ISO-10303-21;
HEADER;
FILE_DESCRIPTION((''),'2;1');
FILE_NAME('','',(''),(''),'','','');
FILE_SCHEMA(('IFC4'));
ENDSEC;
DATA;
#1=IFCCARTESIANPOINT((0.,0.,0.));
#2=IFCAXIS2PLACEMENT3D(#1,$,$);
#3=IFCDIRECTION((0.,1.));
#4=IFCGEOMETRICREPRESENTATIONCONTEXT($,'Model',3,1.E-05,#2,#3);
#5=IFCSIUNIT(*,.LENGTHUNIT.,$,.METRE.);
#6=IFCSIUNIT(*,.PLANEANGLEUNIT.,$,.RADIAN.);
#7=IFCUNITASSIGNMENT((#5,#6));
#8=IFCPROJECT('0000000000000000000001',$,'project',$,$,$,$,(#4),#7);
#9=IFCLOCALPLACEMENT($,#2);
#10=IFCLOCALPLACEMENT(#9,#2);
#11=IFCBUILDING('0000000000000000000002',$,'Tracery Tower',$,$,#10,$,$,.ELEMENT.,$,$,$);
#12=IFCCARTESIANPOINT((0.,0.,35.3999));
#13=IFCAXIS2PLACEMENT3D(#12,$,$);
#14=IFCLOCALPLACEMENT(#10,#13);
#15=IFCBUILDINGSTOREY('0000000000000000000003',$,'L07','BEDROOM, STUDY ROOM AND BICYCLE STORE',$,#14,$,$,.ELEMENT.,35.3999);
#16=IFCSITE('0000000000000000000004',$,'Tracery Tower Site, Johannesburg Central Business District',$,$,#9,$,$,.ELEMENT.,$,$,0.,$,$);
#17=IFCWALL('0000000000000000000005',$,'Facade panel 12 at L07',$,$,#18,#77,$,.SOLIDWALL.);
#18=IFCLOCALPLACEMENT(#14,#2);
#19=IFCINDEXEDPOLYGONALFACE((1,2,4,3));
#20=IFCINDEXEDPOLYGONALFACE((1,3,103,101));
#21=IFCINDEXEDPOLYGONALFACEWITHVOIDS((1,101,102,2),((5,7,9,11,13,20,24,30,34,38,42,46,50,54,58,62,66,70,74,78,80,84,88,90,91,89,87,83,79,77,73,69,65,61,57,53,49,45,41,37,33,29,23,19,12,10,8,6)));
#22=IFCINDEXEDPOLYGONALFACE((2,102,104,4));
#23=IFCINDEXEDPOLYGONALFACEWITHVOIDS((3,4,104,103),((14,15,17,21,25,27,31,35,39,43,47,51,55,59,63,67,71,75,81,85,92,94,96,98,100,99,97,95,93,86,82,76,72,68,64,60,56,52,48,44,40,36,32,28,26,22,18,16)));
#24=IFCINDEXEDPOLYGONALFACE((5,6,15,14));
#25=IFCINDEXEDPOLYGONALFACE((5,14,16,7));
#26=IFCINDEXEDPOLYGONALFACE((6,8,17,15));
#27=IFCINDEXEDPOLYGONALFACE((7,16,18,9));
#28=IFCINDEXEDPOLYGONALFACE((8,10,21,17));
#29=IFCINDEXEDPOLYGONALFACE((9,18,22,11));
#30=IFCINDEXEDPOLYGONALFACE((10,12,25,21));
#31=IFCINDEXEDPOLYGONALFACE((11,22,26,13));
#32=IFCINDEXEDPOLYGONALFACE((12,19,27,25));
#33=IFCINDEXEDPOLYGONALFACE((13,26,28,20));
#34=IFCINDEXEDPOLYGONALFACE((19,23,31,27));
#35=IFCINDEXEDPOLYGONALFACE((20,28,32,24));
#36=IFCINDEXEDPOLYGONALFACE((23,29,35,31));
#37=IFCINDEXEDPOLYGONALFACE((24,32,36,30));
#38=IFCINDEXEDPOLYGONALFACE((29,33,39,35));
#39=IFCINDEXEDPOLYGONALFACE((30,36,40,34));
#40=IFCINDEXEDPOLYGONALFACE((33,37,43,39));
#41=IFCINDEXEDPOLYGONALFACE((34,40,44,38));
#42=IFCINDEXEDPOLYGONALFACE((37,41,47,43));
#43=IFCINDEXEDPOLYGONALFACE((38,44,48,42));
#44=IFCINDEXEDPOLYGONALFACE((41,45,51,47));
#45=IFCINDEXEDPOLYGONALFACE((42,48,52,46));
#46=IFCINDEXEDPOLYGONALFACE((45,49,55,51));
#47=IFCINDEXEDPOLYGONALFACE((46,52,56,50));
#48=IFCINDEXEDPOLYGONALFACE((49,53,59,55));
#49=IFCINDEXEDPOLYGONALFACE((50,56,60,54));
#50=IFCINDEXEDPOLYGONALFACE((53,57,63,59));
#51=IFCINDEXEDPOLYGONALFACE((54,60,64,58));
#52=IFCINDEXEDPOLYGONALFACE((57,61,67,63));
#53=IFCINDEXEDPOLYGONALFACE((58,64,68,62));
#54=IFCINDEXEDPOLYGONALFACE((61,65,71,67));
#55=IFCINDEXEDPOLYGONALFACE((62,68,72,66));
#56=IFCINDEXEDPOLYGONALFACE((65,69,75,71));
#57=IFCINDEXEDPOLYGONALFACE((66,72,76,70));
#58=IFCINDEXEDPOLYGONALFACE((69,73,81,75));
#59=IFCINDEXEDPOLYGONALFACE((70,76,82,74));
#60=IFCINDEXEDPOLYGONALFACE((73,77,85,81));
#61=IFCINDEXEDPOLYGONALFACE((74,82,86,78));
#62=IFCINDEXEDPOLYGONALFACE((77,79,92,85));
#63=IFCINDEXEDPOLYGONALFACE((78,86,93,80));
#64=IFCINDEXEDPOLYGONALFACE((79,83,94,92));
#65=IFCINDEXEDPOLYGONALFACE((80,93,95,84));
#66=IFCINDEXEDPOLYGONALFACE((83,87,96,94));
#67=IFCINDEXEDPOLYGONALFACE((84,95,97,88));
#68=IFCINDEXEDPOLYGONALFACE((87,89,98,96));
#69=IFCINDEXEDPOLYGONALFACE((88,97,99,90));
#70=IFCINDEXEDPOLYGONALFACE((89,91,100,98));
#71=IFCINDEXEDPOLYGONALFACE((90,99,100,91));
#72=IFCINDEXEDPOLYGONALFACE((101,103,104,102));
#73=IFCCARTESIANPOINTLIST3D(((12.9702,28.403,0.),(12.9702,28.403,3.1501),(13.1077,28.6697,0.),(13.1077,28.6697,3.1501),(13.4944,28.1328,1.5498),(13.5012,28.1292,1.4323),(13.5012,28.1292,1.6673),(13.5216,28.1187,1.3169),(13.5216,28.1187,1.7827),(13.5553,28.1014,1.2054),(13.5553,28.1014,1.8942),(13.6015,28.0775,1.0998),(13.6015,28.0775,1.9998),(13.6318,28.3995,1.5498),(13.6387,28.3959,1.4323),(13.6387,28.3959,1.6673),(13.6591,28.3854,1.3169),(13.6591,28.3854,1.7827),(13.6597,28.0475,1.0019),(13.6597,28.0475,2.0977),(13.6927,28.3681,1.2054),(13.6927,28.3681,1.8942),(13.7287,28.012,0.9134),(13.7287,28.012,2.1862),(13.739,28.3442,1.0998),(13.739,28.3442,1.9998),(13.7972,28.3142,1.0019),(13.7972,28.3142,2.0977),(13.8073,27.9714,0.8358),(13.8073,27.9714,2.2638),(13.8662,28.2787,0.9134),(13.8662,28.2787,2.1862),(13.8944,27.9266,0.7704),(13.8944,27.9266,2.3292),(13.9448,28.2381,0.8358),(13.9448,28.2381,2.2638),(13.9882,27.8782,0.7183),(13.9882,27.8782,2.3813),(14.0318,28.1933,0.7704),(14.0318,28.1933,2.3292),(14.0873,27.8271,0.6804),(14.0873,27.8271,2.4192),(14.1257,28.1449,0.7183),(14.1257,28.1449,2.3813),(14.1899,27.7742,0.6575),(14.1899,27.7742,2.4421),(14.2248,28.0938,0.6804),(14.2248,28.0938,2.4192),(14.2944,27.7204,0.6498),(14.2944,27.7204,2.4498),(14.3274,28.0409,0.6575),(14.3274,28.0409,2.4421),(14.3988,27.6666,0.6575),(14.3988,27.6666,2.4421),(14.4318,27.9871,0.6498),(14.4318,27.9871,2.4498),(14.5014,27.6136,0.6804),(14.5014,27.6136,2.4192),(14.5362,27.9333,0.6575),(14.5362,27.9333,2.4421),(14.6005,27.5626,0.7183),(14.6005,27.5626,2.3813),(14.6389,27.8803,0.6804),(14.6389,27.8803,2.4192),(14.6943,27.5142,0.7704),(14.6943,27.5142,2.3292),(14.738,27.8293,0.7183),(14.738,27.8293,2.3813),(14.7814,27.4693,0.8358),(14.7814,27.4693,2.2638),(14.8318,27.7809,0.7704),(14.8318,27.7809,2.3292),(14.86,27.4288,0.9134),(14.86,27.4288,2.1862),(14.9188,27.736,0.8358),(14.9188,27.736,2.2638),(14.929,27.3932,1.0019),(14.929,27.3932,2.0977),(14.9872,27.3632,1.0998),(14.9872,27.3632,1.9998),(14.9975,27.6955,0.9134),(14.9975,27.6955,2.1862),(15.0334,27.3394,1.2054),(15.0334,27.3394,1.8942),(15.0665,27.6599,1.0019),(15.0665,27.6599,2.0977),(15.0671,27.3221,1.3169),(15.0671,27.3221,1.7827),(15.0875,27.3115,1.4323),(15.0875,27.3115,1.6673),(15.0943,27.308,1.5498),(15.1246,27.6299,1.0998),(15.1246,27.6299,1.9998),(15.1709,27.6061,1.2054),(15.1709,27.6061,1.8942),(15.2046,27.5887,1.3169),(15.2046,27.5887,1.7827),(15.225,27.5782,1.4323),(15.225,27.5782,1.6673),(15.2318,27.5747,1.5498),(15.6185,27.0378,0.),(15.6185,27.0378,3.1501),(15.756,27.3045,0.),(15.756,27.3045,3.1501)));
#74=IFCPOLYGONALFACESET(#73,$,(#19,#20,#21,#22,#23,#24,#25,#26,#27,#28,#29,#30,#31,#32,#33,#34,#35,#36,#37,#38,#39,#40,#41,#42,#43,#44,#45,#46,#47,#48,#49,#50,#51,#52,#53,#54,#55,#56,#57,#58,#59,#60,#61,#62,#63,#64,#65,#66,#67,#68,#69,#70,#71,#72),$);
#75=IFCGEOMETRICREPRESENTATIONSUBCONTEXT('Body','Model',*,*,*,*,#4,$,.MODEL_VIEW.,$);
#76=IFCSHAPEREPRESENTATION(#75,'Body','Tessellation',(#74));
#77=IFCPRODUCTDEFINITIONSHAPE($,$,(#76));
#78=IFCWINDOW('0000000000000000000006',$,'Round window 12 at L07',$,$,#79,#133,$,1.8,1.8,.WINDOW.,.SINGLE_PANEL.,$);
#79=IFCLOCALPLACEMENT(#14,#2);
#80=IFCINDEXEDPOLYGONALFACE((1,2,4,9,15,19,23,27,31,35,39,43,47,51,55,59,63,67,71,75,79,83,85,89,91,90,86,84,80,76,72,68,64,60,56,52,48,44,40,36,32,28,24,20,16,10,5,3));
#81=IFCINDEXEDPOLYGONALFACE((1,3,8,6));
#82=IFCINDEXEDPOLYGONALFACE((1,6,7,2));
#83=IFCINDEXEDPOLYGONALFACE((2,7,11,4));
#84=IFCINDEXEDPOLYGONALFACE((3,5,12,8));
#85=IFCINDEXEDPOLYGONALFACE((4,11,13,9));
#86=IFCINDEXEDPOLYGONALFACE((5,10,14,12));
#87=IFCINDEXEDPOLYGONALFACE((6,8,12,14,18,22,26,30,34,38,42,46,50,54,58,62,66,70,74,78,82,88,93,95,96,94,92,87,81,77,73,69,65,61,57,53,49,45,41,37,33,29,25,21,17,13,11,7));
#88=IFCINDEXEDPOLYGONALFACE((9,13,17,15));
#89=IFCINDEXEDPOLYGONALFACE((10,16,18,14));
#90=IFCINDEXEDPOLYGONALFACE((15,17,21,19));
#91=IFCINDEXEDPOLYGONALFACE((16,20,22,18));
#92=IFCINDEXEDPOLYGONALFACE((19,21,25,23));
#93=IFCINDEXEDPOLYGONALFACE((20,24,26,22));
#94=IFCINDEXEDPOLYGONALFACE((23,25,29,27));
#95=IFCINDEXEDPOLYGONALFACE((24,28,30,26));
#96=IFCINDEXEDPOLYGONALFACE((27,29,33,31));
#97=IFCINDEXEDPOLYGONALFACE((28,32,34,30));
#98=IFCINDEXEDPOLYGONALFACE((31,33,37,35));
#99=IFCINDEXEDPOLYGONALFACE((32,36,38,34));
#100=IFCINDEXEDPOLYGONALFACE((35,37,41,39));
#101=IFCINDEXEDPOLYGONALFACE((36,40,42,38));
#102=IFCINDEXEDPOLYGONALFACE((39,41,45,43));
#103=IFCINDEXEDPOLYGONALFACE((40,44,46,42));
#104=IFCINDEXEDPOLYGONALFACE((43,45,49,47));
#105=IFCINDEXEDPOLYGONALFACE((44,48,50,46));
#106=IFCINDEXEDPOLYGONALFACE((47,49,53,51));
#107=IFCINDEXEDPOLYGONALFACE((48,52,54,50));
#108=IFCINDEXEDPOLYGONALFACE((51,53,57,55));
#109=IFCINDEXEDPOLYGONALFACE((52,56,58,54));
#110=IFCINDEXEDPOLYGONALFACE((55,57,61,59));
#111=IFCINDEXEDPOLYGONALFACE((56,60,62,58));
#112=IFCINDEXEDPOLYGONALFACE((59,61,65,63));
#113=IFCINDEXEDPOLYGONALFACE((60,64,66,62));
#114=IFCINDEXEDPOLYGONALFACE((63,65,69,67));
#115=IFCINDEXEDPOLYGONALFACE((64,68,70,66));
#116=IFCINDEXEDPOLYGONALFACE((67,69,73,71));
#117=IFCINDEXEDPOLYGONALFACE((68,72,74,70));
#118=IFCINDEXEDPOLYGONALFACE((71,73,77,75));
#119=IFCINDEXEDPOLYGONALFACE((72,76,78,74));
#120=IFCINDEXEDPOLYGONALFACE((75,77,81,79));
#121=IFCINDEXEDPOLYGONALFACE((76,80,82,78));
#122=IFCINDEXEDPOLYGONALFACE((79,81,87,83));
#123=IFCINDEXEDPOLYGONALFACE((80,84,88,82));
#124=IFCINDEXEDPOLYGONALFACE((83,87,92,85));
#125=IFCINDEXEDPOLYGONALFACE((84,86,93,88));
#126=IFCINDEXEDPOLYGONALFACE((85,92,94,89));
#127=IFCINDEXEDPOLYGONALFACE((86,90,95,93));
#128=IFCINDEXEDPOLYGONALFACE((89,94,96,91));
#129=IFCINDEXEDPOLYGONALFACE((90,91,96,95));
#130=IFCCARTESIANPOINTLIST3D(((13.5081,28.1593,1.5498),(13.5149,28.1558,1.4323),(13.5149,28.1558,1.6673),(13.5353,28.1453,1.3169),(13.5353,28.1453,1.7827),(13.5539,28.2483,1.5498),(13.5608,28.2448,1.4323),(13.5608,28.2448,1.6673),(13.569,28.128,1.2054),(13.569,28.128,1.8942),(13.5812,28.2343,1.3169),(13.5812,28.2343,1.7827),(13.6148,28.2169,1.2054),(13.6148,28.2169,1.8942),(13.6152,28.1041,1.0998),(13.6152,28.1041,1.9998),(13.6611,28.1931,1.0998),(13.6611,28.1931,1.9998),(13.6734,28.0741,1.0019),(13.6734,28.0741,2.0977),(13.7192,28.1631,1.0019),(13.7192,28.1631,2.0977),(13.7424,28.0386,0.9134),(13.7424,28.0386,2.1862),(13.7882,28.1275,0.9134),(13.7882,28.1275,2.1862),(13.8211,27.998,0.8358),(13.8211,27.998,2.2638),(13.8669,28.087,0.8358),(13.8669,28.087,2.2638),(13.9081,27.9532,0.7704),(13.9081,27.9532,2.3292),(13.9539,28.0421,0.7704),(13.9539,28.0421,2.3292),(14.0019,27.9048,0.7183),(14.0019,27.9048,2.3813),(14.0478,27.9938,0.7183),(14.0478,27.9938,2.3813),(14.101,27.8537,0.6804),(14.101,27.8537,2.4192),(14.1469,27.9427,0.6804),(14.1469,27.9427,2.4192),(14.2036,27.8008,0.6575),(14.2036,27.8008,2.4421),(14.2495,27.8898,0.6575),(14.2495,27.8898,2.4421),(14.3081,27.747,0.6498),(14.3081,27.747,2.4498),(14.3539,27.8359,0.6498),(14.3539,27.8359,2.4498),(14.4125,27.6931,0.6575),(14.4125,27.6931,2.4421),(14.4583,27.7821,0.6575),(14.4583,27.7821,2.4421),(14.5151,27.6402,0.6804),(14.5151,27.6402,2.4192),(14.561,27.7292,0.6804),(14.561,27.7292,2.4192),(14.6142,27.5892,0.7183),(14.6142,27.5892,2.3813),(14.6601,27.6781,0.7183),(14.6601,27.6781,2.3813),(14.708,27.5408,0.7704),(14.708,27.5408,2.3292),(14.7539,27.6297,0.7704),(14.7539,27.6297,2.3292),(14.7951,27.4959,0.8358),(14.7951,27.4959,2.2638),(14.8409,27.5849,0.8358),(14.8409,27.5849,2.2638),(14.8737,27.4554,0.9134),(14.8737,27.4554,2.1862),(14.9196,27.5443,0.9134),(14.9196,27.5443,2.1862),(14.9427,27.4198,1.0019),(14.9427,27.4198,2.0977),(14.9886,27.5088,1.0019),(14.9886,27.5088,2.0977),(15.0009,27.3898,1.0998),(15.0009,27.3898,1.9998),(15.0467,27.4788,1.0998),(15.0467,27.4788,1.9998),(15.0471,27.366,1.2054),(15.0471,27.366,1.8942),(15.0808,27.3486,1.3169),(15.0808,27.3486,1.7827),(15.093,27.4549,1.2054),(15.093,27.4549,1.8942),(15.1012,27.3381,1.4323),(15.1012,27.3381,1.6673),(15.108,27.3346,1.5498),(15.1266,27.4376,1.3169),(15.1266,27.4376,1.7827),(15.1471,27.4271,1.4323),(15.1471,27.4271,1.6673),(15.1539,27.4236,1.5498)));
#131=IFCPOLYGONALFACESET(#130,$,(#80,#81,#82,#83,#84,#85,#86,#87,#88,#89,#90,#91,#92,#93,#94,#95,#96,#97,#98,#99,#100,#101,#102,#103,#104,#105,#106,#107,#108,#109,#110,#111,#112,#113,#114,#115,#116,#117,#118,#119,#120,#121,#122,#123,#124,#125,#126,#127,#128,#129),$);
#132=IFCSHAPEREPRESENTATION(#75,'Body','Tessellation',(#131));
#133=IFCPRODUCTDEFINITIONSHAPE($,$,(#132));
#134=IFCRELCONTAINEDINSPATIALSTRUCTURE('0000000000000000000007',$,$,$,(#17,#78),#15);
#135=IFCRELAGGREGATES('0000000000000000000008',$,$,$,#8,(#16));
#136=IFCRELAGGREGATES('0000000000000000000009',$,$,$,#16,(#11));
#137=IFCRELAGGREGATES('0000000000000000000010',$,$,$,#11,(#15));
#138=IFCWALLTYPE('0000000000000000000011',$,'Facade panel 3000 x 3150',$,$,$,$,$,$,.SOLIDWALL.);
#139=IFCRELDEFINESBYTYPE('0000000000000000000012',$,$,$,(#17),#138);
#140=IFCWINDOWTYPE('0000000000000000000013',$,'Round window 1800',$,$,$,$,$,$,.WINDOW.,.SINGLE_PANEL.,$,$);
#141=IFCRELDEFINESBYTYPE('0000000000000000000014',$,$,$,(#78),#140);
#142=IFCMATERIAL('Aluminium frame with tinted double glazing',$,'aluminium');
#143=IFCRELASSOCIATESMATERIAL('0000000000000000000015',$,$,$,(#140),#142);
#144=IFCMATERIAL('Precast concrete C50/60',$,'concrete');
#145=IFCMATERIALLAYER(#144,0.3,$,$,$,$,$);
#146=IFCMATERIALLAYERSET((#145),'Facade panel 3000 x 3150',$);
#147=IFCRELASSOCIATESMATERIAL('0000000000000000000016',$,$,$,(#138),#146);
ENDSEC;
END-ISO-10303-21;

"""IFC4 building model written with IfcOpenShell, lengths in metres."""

from ifc_helpers import new_model, si_unit, direction, frame, frame_2d, origin, origin_2d, place, context, subcontext, project, spatial, rectangle, circle, extrude, material, layer, layer_set, type_object, element, fill, save


model = new_model("IFC4")

# Units and contexts
model_context = context("Model", 3, precision=1e-05, world=origin(), true_north=direction((0.0, 1.0)))
body_context = subcontext(model_context, "Body", "Model", "MODEL_VIEW")
ifc_project = project(units=[si_unit("LENGTHUNIT", "METRE"), si_unit("PLANEANGLEUNIT", "RADIAN")], contexts=[model_context])

# Site, building, storey
site_placement = place(None, origin())
site = spatial("IfcSite", under=ifc_project, at=site_placement, Name="Tracery Tower Site, Johannesburg Central Business District", CompositionType="ELEMENT", RefElevation=0.0)
building_placement = place(site_placement, origin())
building = spatial("IfcBuilding", under=site, at=building_placement, Name="Tracery Tower", CompositionType="ELEMENT")
storey_placement = place(building_placement, frame((0.0, 0.0, 35.3999)))
storey = spatial("IfcBuildingStorey", under=building, at=storey_placement, Name="L07", Description="BEDROOM, STUDY ROOM AND BICYCLE STORE", CompositionType="ELEMENT", Elevation=35.3999)

# Wall, opening, window
ifc_material_1 = material(Name="Aluminium frame with tinted double glazing", Category="aluminium")
window_type = type_object("IfcWindowType", Name="Round window 1800", PartitioningType="SINGLE_PANEL", PredefinedType="WINDOW", material=ifc_material_1)
ifc_material_2 = material(Name="Precast concrete C50/60", Category="concrete")
ifc_layer_1 = layer(ifc_material_2, 0.3)
ifc_layer_set_1 = layer_set([ifc_layer_1], Name="Facade panel 3000 x 3150")
wall_type_1 = type_object("IfcWallType", Name="Facade panel 3000 x 3150", PredefinedType="SOLIDWALL", material=ifc_layer_set_1)
wall_1_placement = place(storey_placement, frame((15.6873, 27.1711, 0.0), z_axis=(0.0, 0.0, 1.0), x_axis=(-0.888853, 0.458192, 0.0)))
wall_1 = element("IfcWall", 1, at=wall_1_placement, inside=storey, type_object=wall_type_1, Name="Facade panel 12 at L07", PredefinedType="SOLIDWALL", context=body_context, shape_type="SweptSolid", body=[
    extrude(rectangle(XDim=2.9795, YDim=0.3, at=frame_2d((1.4897, 0.0))), origin(), (0.0, 0.0, 1.0), 3.1501),
])
opening_1_placement = place(wall_1_placement, frame((1.4897, 0.0, 1.5498)))
opening_1 = element("IfcOpeningElement", 2, at=opening_1_placement, cuts=wall_1, PredefinedType="OPENING", context=body_context, shape_type="SweptSolid", body=[
    extrude(circle(Radius=0.9, at=origin_2d()), frame((0.0, 0.1599, 0.0), z_axis=(0.0, -1.0, 0.0), x_axis=(1.0, 0.0, 0.0)), (0.0, 0.0, 1.0), 0.3201),
])
window_1_placement = place(opening_1_placement, origin())
window_1 = element("IfcWindow", 3, at=window_1_placement, inside=storey, type_object=window_type, Name="Round window 12 at L07", OverallHeight=1.8, OverallWidth=1.8, PartitioningType="SINGLE_PANEL", PredefinedType="WINDOW", context=body_context, shape_type="SweptSolid", body=[
    extrude(circle(Radius=0.9, at=origin_2d()), frame((0.0, 0.1201, 0.0), z_axis=(0.0, -1.0, 0.0), x_axis=(1.0, 0.0, 0.0)), (0.0, 0.0, 1.0), 0.1001),
])
fill(opening_1, window_1)

save(model, "model.ifc")
